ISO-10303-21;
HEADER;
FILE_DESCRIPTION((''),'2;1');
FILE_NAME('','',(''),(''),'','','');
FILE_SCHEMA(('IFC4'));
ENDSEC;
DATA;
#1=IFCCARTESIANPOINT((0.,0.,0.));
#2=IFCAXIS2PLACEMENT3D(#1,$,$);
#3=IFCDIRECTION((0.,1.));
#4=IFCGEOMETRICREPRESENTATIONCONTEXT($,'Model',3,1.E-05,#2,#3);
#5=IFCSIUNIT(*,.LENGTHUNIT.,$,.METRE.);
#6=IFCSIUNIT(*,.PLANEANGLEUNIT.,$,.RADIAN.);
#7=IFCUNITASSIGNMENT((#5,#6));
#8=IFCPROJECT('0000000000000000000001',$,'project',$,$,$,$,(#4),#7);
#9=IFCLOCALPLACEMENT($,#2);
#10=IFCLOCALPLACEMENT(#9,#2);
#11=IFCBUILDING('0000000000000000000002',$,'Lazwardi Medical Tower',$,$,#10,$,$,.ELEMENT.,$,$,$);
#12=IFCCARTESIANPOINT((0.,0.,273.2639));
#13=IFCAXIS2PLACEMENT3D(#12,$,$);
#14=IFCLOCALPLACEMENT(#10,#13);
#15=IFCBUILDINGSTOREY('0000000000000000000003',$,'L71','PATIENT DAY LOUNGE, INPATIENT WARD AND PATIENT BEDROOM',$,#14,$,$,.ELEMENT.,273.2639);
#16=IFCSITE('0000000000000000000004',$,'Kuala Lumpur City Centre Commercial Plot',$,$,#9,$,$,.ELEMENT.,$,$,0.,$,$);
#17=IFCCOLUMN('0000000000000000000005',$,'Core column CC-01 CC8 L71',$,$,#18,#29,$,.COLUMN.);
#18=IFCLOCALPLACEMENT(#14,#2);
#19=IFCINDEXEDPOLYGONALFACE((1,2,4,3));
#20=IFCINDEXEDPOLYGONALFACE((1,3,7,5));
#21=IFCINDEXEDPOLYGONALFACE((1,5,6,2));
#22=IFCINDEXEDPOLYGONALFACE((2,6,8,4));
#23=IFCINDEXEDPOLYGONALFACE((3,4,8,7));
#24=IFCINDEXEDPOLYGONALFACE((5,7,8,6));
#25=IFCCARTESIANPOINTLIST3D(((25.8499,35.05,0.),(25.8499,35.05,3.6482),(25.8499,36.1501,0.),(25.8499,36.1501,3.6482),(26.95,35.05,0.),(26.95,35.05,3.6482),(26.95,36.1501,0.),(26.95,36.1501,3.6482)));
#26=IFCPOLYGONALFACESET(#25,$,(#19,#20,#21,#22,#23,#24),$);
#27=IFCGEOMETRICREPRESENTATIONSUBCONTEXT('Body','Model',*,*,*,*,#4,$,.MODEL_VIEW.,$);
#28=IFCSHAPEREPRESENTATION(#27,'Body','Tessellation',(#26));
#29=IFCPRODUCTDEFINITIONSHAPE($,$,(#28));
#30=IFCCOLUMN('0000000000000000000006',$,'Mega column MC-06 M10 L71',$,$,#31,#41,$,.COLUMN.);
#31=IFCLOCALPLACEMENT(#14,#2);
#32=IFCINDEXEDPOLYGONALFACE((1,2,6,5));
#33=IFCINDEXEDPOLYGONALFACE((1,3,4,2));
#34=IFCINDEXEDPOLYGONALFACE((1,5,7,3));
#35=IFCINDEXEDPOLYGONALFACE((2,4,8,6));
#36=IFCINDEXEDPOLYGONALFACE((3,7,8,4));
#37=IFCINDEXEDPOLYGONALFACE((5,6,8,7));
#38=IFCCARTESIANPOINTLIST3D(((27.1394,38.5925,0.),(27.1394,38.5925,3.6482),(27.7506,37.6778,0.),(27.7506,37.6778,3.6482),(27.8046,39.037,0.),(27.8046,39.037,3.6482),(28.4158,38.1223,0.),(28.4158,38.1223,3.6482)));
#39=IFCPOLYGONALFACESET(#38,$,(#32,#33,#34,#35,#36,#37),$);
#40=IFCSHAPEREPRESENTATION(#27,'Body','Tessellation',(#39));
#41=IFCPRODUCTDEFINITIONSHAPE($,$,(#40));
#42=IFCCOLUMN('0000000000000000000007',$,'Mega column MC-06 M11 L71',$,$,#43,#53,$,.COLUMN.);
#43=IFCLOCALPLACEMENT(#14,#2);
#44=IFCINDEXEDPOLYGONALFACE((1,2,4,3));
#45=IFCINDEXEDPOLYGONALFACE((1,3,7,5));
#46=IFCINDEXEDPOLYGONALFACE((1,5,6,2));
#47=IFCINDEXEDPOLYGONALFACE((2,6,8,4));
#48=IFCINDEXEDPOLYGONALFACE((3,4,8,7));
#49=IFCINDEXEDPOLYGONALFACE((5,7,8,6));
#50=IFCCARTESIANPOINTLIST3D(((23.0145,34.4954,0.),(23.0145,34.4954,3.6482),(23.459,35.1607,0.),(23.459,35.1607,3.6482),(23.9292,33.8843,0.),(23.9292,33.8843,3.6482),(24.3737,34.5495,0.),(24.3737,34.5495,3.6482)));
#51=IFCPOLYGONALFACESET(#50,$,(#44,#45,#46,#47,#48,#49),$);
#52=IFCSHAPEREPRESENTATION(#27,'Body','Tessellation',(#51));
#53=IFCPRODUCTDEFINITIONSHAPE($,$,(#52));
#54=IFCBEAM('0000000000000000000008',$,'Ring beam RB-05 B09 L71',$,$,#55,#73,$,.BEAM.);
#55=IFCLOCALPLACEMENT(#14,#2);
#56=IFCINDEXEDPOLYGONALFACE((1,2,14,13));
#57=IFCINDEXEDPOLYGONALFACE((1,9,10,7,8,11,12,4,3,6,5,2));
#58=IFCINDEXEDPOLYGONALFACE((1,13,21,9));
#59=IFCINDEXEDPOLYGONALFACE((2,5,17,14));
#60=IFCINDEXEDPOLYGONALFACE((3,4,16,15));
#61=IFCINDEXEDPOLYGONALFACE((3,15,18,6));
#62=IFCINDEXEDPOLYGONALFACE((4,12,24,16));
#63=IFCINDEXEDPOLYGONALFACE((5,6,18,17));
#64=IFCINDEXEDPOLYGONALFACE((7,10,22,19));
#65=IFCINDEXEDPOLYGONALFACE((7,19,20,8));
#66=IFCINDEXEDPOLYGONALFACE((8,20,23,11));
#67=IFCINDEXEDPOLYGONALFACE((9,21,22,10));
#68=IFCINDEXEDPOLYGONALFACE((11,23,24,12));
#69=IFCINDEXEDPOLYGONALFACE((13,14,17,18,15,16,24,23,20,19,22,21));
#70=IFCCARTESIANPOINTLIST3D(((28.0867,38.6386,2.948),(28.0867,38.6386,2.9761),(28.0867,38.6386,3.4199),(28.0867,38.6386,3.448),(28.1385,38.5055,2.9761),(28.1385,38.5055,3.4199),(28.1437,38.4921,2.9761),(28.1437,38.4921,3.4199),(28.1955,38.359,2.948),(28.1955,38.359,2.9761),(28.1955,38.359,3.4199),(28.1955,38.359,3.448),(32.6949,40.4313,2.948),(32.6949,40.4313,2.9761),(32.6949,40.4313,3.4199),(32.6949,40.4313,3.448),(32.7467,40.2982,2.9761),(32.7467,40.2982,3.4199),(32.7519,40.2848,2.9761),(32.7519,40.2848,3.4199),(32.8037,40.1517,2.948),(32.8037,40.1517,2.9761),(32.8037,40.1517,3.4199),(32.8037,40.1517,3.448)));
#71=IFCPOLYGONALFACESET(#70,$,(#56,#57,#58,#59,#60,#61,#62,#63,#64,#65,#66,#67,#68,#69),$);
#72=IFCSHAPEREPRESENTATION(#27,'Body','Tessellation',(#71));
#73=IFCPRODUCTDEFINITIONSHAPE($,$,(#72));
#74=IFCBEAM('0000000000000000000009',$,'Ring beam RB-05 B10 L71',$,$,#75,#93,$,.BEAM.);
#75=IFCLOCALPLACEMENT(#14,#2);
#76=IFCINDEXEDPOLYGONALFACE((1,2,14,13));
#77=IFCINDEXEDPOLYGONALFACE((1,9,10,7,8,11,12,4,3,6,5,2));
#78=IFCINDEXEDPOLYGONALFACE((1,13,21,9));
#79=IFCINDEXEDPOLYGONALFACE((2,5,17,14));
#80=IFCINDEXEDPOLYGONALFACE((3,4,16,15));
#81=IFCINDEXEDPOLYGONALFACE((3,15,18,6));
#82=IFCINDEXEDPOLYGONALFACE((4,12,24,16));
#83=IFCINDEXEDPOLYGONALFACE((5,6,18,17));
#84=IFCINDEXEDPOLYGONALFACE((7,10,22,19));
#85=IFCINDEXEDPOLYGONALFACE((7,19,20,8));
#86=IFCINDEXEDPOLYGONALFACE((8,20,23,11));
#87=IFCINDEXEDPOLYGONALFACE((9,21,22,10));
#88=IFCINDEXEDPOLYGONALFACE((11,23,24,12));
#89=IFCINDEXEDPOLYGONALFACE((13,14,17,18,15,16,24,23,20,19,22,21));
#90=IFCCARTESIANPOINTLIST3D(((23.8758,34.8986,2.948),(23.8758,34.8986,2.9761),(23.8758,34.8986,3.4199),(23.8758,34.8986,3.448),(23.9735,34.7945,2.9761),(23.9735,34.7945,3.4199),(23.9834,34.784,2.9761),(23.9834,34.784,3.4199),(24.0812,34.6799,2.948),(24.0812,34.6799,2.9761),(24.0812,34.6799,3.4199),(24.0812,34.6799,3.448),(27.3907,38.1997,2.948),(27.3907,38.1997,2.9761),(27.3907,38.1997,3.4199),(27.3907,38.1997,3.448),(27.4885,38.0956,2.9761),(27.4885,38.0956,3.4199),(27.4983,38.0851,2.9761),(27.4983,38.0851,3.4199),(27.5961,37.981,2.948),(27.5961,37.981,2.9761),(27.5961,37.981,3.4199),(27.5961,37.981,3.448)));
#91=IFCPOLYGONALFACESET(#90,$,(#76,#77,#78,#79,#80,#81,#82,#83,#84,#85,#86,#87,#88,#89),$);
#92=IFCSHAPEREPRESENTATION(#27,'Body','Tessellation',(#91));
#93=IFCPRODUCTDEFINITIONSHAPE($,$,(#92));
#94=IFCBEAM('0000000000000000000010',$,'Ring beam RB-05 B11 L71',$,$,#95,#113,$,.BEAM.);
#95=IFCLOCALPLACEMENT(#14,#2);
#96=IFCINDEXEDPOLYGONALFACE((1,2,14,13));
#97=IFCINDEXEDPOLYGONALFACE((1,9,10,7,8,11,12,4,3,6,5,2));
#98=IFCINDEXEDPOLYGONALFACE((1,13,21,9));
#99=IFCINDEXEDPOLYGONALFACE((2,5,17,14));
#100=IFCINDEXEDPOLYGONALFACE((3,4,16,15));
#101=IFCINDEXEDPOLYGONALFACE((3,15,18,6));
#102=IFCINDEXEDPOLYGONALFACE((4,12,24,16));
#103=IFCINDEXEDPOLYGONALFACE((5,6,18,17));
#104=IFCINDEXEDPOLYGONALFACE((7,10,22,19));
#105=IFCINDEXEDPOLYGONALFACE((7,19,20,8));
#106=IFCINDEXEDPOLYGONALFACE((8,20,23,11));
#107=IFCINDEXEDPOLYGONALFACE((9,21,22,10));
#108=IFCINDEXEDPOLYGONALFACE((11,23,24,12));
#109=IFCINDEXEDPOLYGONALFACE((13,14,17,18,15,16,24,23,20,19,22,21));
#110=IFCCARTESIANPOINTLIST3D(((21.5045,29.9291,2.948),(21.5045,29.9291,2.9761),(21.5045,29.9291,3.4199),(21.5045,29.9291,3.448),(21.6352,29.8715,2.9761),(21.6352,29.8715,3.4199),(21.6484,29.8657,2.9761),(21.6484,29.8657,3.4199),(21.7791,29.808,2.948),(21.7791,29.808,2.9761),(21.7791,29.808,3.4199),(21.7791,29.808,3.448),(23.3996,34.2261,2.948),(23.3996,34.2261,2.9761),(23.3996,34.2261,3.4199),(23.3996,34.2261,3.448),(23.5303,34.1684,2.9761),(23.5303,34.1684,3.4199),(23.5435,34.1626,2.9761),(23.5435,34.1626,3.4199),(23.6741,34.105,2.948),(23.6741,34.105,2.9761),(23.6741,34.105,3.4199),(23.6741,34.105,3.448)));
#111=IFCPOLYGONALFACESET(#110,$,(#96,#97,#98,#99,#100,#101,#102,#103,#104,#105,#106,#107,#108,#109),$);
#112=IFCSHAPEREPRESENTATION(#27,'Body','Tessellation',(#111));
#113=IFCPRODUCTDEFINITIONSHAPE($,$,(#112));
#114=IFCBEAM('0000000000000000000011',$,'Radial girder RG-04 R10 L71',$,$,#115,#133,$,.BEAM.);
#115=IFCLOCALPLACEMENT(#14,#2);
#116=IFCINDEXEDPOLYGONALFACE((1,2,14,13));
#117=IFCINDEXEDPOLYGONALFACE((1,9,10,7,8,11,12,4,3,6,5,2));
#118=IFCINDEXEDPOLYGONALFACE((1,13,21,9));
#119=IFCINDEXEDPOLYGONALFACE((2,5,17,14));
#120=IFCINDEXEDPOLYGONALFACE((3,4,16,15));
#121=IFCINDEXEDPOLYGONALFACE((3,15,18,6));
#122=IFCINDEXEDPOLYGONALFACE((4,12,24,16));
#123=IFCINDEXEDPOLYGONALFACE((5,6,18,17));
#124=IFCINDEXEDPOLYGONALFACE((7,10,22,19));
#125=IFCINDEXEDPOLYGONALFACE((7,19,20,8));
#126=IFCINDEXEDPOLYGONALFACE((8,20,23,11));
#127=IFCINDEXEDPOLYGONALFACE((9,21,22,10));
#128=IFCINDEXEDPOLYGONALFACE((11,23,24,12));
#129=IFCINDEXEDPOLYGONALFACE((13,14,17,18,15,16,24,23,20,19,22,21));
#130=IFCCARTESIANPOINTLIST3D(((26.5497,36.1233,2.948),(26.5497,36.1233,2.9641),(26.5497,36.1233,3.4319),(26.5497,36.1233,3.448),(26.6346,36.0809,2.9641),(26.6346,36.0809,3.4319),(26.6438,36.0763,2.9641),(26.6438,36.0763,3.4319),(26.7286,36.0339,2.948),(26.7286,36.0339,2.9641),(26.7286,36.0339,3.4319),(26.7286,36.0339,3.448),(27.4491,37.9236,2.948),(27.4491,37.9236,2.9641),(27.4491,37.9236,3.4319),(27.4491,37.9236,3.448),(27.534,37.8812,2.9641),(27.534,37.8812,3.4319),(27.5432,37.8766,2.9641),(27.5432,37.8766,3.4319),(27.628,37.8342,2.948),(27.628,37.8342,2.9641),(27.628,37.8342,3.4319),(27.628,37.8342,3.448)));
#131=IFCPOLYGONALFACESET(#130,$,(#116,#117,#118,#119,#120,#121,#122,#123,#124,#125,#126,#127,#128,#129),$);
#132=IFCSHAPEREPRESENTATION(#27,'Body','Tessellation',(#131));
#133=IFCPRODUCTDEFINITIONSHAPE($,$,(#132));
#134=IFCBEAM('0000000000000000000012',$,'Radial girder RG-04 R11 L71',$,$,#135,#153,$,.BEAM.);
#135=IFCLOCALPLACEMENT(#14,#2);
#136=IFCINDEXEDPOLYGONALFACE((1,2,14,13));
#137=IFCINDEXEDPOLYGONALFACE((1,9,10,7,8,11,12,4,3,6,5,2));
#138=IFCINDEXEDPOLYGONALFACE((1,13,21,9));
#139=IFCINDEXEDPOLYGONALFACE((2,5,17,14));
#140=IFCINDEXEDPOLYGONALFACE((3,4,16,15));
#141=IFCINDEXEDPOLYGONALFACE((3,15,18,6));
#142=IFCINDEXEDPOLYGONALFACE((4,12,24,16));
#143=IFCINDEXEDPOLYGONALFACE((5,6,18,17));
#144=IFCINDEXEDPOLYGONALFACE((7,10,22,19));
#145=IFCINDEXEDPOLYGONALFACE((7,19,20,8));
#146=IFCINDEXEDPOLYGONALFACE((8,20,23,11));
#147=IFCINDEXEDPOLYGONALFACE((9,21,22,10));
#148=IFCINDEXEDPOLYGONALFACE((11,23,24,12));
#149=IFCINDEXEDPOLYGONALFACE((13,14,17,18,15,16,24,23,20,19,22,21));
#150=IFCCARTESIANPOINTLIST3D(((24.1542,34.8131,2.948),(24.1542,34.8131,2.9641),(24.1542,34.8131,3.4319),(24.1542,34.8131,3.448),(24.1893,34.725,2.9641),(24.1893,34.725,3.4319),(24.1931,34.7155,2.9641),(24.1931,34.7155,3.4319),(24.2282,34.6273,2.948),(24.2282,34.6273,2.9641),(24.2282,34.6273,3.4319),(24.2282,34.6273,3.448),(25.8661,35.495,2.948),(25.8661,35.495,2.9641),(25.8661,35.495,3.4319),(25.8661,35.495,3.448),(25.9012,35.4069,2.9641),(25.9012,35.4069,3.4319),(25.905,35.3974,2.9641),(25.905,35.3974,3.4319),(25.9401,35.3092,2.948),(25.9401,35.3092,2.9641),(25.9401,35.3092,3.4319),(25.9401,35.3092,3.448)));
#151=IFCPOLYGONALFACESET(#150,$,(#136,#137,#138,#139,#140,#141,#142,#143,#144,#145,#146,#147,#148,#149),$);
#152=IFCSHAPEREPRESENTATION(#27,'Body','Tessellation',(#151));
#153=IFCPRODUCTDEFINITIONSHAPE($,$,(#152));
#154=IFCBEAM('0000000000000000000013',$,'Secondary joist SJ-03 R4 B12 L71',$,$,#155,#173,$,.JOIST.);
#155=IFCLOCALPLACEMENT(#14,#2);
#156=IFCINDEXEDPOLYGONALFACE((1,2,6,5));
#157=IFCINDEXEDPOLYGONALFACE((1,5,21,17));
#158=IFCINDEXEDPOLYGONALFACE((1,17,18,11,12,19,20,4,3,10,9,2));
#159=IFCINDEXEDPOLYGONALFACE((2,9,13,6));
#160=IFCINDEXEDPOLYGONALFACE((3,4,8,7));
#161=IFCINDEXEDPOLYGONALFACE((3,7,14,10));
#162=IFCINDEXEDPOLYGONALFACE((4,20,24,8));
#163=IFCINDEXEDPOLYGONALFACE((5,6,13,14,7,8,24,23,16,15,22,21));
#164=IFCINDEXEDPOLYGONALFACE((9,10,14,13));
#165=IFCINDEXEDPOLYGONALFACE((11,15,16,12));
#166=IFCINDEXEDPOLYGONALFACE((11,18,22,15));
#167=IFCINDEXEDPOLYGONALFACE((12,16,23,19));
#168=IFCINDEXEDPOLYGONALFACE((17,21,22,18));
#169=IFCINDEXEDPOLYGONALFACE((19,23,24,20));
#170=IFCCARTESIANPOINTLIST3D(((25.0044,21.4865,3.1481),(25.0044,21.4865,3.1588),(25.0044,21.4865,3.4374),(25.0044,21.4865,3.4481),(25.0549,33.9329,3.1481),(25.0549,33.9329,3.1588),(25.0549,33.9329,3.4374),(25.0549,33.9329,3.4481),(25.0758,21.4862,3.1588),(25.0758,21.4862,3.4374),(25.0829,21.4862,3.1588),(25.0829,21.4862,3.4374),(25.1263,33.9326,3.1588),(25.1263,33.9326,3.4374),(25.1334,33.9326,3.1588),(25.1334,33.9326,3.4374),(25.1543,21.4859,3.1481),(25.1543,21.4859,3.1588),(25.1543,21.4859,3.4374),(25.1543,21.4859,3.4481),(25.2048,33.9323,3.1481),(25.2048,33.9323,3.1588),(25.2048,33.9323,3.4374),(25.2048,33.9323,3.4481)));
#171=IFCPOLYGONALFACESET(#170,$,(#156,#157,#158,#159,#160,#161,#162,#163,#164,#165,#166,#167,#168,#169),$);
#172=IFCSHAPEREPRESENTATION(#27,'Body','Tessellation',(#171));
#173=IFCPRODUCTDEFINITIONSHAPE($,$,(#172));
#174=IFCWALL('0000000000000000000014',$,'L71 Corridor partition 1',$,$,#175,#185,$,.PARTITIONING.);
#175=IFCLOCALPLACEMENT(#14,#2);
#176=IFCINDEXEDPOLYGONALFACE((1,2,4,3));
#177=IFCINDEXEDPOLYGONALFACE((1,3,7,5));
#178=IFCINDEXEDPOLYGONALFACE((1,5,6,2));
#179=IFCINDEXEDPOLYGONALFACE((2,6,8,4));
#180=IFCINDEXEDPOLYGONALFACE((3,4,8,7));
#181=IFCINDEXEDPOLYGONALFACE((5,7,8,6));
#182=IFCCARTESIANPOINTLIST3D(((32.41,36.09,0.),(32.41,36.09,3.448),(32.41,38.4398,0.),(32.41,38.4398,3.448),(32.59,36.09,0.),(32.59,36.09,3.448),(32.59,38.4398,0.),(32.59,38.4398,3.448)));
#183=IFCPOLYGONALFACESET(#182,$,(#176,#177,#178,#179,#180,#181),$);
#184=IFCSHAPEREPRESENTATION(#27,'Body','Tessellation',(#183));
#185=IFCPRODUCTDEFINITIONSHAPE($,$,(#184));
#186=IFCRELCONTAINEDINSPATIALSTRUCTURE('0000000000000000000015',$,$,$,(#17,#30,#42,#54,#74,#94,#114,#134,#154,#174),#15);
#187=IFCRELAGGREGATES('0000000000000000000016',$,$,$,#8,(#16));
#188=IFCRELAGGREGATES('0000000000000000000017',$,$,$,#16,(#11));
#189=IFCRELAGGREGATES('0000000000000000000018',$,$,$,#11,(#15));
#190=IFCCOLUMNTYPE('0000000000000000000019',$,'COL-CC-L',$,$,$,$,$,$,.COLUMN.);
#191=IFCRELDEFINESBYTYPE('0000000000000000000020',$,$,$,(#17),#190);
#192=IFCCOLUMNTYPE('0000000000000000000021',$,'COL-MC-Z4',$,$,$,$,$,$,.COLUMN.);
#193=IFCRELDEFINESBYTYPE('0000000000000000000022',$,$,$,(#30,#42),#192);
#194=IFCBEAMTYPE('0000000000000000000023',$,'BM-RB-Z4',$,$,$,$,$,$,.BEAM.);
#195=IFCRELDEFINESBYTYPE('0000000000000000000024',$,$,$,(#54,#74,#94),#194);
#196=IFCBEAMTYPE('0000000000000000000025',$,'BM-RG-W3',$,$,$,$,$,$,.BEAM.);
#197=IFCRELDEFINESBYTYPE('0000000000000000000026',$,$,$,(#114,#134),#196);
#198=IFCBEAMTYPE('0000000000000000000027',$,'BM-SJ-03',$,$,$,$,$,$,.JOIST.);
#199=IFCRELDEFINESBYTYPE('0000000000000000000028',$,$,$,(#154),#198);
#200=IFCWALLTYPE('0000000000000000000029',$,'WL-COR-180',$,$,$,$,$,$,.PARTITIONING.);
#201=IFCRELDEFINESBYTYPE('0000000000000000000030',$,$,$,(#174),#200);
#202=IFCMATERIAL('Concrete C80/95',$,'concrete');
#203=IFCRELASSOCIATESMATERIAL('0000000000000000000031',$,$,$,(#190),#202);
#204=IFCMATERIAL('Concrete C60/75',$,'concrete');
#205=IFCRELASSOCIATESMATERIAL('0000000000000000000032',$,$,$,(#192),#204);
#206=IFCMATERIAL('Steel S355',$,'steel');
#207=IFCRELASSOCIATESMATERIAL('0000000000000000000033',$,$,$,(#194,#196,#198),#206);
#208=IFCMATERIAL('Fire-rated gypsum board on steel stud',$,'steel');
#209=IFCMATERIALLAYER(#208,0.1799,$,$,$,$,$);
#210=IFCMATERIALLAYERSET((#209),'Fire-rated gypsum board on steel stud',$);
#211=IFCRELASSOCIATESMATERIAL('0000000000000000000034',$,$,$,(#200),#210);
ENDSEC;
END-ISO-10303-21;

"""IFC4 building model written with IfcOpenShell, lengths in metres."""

from ifc_helpers import new_model, si_unit, direction, frame, frame_2d, origin, origin_2d, place, context, subcontext, project, spatial, rectangle, i_section, extrude, material, layer, layer_set, material_profile, profile_set, type_object, element, save


model = new_model("IFC4")

# Units and contexts
model_context = context("Model", 3, precision=1e-05, world=origin(), true_north=direction((0.0, 1.0)))
body_context = subcontext(model_context, "Body", "Model", "MODEL_VIEW")
ifc_project = project(units=[si_unit("LENGTHUNIT", "METRE"), si_unit("PLANEANGLEUNIT", "RADIAN")], contexts=[model_context])

# Site, building, storey
site_placement = place(None, origin())
site = spatial("IfcSite", under=ifc_project, at=site_placement, Name="Kuala Lumpur City Centre Commercial Plot", CompositionType="ELEMENT", RefElevation=0.0)
building_placement = place(site_placement, origin())
building = spatial("IfcBuilding", under=site, at=building_placement, Name="Lazwardi Medical Tower", CompositionType="ELEMENT")
storey_placement = place(building_placement, frame((0.0, 0.0, 273.2639)))
storey = spatial("IfcBuildingStorey", under=building, at=storey_placement, Name="L71", Description="PATIENT DAY LOUNGE, INPATIENT WARD AND PATIENT BEDROOM", CompositionType="ELEMENT", Elevation=273.2639)

# Columns
ifc_material_1 = material(Name="Concrete C80/95", Category="concrete")
ifc_material_profile_1 = material_profile(ifc_material_1, rectangle(XDim=1.1001, YDim=1.1001, at=origin_2d()), Name="RC 1100x1100")
ifc_profile_set_1 = profile_set([ifc_material_profile_1], Name="Concrete C80/95")
column_type_1 = type_object("IfcColumnType", Name="COL-CC-L", PredefinedType="COLUMN", material=ifc_profile_set_1)
column_placement = place(storey_placement, frame((26.3999, 35.6001, 0.0), z_axis=(0.0, 0.0, 1.0), x_axis=(1.0, 0.0, 0.0)))
element("IfcColumn", 1, at=column_placement, inside=storey, type_object=column_type_1, Name="Core column CC-01 CC8 L71", PredefinedType="COLUMN", context=body_context, shape_type="SweptSolid", body=[
    extrude(rectangle(XDim=1.1001, YDim=1.1001, at=origin_2d()), origin(), (0.0, 0.0, 1.0), 3.6482),
])
ifc_material_2 = material(Name="Concrete C60/75", Category="concrete")
ifc_material_profile_2 = material_profile(ifc_material_2, rectangle(XDim=1.1001, YDim=0.8, at=origin_2d()), Name="CFT-RECT 1100x800")
ifc_profile_set_2 = profile_set([ifc_material_profile_2], Name="Concrete C60/75")
column_type_2 = type_object("IfcColumnType", Name="COL-MC-Z4", PredefinedType="COLUMN", material=ifc_profile_set_2)
for number, where, z_axis, x_axis, name in (
    (2, (27.7776, 38.3574, 0.0), (0.0, 0.0, 1.0), (-0.55557, 0.83147, 0.0), "Mega column MC-06 M10 L71"),
    (3, (23.6941, 34.5225, 0.0), (0.0, 0.0, 1.0), (-0.83147, 0.55557, 0.0), "Mega column MC-06 M11 L71"),
):
    element("IfcColumn", number, at=place(storey_placement, frame(where, z_axis=z_axis, x_axis=x_axis)), inside=storey, type_object=column_type_2, Name=name, PredefinedType="COLUMN", context=body_context, shape_type="SweptSolid", body=[
        extrude(rectangle(XDim=1.1001, YDim=0.8, at=origin_2d()), origin(), (0.0, 0.0, 1.0), 3.6482),
    ])

# Beams
ifc_material_3 = material(Name="Steel S355", Category="steel")
ifc_material_profile_3 = material_profile(ifc_material_3, i_section(OverallWidth=0.3, OverallDepth=0.5, WebThickness=0.0144, FlangeThickness=0.0281, at=origin_2d()), Name="HEB 500")
ifc_profile_set_3 = profile_set([ifc_material_profile_3], Name="Steel S355")
beam_type_1 = type_object("IfcBeamType", Name="BM-RB-Z4", PredefinedType="BEAM", material=ifc_profile_set_3)
beam_1_placement = place(storey_placement, frame((32.7493, 40.2915, 3.198), z_axis=(-0.931959, -0.362563, 0.0), x_axis=(0.362563, -0.931959, 0.0)))
element("IfcBeam", 4, at=beam_1_placement, inside=storey, type_object=beam_type_1, Name="Ring beam RB-05 B09 L71", PredefinedType="BEAM", context=body_context, shape_type="SweptSolid", body=[
    extrude(i_section(OverallWidth=0.3, OverallDepth=0.5, WebThickness=0.0144, FlangeThickness=0.0281, at=origin_2d()), origin(), (0.0, 0.0, 1.0), 4.9446),
])
beam_2_placement = place(storey_placement, frame((27.4934, 38.0903, 3.198), z_axis=(-0.728935, -0.684583, 0.0), x_axis=(0.684583, -0.728935, 0.0)))
element("IfcBeam", 5, at=beam_2_placement, inside=storey, type_object=beam_type_1, Name="Ring beam RB-05 B10 L71", PredefinedType="BEAM", context=body_context, shape_type="SweptSolid", body=[
    extrude(i_section(OverallWidth=0.3, OverallDepth=0.5, WebThickness=0.0144, FlangeThickness=0.0281, at=origin_2d()), origin(), (0.0, 0.0, 1.0), 4.822),
])
beam_3_placement = place(storey_placement, frame((23.5369, 34.1655, 3.198), z_axis=(-0.403522, -0.91497, 0.0), x_axis=(0.91497, -0.403522, 0.0)))
element("IfcBeam", 6, at=beam_3_placement, inside=storey, type_object=beam_type_1, Name="Ring beam RB-05 B11 L71", PredefinedType="BEAM", context=body_context, shape_type="SweptSolid", body=[
    extrude(i_section(OverallWidth=0.3, OverallDepth=0.5, WebThickness=0.0144, FlangeThickness=0.0281, at=origin_2d()), origin(), (0.0, 0.0, 1.0), 4.6963),
])
ifc_material_profile_4 = material_profile(ifc_material_3, i_section(OverallWidth=0.2, OverallDepth=0.5, WebThickness=0.0103, FlangeThickness=0.0161, at=origin_2d()), Name="IPE 500")
ifc_profile_set_4 = profile_set([ifc_material_profile_4], Name="Steel S355")
beam_type_2 = type_object("IfcBeamType", Name="BM-RG-W3", PredefinedType="BEAM", material=ifc_profile_set_4)
beam_4_placement = place(storey_placement, frame((27.5386, 37.8789, 3.198), z_axis=(-0.446922, -0.894573, 0.0), x_axis=(0.894573, -0.446922, 0.0)))
element("IfcBeam", 7, at=beam_4_placement, inside=storey, type_object=beam_type_2, Name="Radial girder RG-04 R10 L71", PredefinedType="BEAM", context=body_context, shape_type="SweptSolid", body=[
    extrude(i_section(OverallWidth=0.2, OverallDepth=0.5, WebThickness=0.0103, FlangeThickness=0.0161, at=origin_2d()), origin(), (0.0, 0.0, 1.0), 2.0125),
])
beam_5_placement = place(storey_placement, frame((24.1912, 34.7202, 3.198), z_axis=(0.929015, 0.370043, 0.0), x_axis=(-0.370043, 0.929015, 0.0)))
element("IfcBeam", 8, at=beam_5_placement, inside=storey, type_object=beam_type_2, Name="Radial girder RG-04 R11 L71", PredefinedType="BEAM", context=body_context, shape_type="SweptSolid", body=[
    extrude(i_section(OverallWidth=0.2, OverallDepth=0.5, WebThickness=0.0103, FlangeThickness=0.0161, at=origin_2d()), origin(), (0.0, 0.0, 1.0), 1.8428),
])
ifc_material_profile_5 = material_profile(ifc_material_3, i_section(OverallWidth=0.1499, OverallDepth=0.3, WebThickness=0.0071, FlangeThickness=0.0107, at=origin_2d()), Name="IPE 300")
ifc_profile_set_5 = profile_set([ifc_material_profile_5], Name="Steel S355")
beam_type_3 = type_object("IfcBeamType", Name="BM-SJ-03", PredefinedType="JOIST", material=ifc_profile_set_5)
beam_6_placement = place(storey_placement, frame((25.1299, 33.9326, 3.2981), z_axis=(-0.00406, -0.999992, 0.0), x_axis=(0.999992, -0.00406, 0.0)))
element("IfcBeam", 9, at=beam_6_placement, inside=storey, type_object=beam_type_3, Name="Secondary joist SJ-03 R4 B12 L71", PredefinedType="JOIST", context=body_context, shape_type="SweptSolid", body=[
    extrude(i_section(OverallWidth=0.1499, OverallDepth=0.3, WebThickness=0.0071, FlangeThickness=0.0107, at=origin_2d()), origin(), (0.0, 0.0, 1.0), 12.4465),
])

# Wall
ifc_material_4 = material(Name="Fire-rated gypsum board on steel stud", Category="steel")
ifc_layer_1 = layer(ifc_material_4, 0.1799)
ifc_layer_set_1 = layer_set([ifc_layer_1], Name="Fire-rated gypsum board on steel stud")
wall_type_1 = type_object("IfcWallType", Name="WL-COR-180", PredefinedType="PARTITIONING", material=ifc_layer_set_1)
wall_1_placement = place(storey_placement, frame((32.5, 36.0901, 0.0), z_axis=(0.0, 0.0, 1.0), x_axis=(0.0, 1.0, 0.0)))
element("IfcWall", 10, at=wall_1_placement, inside=storey, type_object=wall_type_1, Name="L71 Corridor partition 1", PredefinedType="PARTITIONING", context=body_context, shape_type="SweptSolid", body=[
    extrude(rectangle(XDim=2.3499, YDim=0.1799, at=frame_2d((1.1748, 0.0))), origin(), (0.0, 0.0, 1.0), 3.448),
])

save(model, "model.ifc")
